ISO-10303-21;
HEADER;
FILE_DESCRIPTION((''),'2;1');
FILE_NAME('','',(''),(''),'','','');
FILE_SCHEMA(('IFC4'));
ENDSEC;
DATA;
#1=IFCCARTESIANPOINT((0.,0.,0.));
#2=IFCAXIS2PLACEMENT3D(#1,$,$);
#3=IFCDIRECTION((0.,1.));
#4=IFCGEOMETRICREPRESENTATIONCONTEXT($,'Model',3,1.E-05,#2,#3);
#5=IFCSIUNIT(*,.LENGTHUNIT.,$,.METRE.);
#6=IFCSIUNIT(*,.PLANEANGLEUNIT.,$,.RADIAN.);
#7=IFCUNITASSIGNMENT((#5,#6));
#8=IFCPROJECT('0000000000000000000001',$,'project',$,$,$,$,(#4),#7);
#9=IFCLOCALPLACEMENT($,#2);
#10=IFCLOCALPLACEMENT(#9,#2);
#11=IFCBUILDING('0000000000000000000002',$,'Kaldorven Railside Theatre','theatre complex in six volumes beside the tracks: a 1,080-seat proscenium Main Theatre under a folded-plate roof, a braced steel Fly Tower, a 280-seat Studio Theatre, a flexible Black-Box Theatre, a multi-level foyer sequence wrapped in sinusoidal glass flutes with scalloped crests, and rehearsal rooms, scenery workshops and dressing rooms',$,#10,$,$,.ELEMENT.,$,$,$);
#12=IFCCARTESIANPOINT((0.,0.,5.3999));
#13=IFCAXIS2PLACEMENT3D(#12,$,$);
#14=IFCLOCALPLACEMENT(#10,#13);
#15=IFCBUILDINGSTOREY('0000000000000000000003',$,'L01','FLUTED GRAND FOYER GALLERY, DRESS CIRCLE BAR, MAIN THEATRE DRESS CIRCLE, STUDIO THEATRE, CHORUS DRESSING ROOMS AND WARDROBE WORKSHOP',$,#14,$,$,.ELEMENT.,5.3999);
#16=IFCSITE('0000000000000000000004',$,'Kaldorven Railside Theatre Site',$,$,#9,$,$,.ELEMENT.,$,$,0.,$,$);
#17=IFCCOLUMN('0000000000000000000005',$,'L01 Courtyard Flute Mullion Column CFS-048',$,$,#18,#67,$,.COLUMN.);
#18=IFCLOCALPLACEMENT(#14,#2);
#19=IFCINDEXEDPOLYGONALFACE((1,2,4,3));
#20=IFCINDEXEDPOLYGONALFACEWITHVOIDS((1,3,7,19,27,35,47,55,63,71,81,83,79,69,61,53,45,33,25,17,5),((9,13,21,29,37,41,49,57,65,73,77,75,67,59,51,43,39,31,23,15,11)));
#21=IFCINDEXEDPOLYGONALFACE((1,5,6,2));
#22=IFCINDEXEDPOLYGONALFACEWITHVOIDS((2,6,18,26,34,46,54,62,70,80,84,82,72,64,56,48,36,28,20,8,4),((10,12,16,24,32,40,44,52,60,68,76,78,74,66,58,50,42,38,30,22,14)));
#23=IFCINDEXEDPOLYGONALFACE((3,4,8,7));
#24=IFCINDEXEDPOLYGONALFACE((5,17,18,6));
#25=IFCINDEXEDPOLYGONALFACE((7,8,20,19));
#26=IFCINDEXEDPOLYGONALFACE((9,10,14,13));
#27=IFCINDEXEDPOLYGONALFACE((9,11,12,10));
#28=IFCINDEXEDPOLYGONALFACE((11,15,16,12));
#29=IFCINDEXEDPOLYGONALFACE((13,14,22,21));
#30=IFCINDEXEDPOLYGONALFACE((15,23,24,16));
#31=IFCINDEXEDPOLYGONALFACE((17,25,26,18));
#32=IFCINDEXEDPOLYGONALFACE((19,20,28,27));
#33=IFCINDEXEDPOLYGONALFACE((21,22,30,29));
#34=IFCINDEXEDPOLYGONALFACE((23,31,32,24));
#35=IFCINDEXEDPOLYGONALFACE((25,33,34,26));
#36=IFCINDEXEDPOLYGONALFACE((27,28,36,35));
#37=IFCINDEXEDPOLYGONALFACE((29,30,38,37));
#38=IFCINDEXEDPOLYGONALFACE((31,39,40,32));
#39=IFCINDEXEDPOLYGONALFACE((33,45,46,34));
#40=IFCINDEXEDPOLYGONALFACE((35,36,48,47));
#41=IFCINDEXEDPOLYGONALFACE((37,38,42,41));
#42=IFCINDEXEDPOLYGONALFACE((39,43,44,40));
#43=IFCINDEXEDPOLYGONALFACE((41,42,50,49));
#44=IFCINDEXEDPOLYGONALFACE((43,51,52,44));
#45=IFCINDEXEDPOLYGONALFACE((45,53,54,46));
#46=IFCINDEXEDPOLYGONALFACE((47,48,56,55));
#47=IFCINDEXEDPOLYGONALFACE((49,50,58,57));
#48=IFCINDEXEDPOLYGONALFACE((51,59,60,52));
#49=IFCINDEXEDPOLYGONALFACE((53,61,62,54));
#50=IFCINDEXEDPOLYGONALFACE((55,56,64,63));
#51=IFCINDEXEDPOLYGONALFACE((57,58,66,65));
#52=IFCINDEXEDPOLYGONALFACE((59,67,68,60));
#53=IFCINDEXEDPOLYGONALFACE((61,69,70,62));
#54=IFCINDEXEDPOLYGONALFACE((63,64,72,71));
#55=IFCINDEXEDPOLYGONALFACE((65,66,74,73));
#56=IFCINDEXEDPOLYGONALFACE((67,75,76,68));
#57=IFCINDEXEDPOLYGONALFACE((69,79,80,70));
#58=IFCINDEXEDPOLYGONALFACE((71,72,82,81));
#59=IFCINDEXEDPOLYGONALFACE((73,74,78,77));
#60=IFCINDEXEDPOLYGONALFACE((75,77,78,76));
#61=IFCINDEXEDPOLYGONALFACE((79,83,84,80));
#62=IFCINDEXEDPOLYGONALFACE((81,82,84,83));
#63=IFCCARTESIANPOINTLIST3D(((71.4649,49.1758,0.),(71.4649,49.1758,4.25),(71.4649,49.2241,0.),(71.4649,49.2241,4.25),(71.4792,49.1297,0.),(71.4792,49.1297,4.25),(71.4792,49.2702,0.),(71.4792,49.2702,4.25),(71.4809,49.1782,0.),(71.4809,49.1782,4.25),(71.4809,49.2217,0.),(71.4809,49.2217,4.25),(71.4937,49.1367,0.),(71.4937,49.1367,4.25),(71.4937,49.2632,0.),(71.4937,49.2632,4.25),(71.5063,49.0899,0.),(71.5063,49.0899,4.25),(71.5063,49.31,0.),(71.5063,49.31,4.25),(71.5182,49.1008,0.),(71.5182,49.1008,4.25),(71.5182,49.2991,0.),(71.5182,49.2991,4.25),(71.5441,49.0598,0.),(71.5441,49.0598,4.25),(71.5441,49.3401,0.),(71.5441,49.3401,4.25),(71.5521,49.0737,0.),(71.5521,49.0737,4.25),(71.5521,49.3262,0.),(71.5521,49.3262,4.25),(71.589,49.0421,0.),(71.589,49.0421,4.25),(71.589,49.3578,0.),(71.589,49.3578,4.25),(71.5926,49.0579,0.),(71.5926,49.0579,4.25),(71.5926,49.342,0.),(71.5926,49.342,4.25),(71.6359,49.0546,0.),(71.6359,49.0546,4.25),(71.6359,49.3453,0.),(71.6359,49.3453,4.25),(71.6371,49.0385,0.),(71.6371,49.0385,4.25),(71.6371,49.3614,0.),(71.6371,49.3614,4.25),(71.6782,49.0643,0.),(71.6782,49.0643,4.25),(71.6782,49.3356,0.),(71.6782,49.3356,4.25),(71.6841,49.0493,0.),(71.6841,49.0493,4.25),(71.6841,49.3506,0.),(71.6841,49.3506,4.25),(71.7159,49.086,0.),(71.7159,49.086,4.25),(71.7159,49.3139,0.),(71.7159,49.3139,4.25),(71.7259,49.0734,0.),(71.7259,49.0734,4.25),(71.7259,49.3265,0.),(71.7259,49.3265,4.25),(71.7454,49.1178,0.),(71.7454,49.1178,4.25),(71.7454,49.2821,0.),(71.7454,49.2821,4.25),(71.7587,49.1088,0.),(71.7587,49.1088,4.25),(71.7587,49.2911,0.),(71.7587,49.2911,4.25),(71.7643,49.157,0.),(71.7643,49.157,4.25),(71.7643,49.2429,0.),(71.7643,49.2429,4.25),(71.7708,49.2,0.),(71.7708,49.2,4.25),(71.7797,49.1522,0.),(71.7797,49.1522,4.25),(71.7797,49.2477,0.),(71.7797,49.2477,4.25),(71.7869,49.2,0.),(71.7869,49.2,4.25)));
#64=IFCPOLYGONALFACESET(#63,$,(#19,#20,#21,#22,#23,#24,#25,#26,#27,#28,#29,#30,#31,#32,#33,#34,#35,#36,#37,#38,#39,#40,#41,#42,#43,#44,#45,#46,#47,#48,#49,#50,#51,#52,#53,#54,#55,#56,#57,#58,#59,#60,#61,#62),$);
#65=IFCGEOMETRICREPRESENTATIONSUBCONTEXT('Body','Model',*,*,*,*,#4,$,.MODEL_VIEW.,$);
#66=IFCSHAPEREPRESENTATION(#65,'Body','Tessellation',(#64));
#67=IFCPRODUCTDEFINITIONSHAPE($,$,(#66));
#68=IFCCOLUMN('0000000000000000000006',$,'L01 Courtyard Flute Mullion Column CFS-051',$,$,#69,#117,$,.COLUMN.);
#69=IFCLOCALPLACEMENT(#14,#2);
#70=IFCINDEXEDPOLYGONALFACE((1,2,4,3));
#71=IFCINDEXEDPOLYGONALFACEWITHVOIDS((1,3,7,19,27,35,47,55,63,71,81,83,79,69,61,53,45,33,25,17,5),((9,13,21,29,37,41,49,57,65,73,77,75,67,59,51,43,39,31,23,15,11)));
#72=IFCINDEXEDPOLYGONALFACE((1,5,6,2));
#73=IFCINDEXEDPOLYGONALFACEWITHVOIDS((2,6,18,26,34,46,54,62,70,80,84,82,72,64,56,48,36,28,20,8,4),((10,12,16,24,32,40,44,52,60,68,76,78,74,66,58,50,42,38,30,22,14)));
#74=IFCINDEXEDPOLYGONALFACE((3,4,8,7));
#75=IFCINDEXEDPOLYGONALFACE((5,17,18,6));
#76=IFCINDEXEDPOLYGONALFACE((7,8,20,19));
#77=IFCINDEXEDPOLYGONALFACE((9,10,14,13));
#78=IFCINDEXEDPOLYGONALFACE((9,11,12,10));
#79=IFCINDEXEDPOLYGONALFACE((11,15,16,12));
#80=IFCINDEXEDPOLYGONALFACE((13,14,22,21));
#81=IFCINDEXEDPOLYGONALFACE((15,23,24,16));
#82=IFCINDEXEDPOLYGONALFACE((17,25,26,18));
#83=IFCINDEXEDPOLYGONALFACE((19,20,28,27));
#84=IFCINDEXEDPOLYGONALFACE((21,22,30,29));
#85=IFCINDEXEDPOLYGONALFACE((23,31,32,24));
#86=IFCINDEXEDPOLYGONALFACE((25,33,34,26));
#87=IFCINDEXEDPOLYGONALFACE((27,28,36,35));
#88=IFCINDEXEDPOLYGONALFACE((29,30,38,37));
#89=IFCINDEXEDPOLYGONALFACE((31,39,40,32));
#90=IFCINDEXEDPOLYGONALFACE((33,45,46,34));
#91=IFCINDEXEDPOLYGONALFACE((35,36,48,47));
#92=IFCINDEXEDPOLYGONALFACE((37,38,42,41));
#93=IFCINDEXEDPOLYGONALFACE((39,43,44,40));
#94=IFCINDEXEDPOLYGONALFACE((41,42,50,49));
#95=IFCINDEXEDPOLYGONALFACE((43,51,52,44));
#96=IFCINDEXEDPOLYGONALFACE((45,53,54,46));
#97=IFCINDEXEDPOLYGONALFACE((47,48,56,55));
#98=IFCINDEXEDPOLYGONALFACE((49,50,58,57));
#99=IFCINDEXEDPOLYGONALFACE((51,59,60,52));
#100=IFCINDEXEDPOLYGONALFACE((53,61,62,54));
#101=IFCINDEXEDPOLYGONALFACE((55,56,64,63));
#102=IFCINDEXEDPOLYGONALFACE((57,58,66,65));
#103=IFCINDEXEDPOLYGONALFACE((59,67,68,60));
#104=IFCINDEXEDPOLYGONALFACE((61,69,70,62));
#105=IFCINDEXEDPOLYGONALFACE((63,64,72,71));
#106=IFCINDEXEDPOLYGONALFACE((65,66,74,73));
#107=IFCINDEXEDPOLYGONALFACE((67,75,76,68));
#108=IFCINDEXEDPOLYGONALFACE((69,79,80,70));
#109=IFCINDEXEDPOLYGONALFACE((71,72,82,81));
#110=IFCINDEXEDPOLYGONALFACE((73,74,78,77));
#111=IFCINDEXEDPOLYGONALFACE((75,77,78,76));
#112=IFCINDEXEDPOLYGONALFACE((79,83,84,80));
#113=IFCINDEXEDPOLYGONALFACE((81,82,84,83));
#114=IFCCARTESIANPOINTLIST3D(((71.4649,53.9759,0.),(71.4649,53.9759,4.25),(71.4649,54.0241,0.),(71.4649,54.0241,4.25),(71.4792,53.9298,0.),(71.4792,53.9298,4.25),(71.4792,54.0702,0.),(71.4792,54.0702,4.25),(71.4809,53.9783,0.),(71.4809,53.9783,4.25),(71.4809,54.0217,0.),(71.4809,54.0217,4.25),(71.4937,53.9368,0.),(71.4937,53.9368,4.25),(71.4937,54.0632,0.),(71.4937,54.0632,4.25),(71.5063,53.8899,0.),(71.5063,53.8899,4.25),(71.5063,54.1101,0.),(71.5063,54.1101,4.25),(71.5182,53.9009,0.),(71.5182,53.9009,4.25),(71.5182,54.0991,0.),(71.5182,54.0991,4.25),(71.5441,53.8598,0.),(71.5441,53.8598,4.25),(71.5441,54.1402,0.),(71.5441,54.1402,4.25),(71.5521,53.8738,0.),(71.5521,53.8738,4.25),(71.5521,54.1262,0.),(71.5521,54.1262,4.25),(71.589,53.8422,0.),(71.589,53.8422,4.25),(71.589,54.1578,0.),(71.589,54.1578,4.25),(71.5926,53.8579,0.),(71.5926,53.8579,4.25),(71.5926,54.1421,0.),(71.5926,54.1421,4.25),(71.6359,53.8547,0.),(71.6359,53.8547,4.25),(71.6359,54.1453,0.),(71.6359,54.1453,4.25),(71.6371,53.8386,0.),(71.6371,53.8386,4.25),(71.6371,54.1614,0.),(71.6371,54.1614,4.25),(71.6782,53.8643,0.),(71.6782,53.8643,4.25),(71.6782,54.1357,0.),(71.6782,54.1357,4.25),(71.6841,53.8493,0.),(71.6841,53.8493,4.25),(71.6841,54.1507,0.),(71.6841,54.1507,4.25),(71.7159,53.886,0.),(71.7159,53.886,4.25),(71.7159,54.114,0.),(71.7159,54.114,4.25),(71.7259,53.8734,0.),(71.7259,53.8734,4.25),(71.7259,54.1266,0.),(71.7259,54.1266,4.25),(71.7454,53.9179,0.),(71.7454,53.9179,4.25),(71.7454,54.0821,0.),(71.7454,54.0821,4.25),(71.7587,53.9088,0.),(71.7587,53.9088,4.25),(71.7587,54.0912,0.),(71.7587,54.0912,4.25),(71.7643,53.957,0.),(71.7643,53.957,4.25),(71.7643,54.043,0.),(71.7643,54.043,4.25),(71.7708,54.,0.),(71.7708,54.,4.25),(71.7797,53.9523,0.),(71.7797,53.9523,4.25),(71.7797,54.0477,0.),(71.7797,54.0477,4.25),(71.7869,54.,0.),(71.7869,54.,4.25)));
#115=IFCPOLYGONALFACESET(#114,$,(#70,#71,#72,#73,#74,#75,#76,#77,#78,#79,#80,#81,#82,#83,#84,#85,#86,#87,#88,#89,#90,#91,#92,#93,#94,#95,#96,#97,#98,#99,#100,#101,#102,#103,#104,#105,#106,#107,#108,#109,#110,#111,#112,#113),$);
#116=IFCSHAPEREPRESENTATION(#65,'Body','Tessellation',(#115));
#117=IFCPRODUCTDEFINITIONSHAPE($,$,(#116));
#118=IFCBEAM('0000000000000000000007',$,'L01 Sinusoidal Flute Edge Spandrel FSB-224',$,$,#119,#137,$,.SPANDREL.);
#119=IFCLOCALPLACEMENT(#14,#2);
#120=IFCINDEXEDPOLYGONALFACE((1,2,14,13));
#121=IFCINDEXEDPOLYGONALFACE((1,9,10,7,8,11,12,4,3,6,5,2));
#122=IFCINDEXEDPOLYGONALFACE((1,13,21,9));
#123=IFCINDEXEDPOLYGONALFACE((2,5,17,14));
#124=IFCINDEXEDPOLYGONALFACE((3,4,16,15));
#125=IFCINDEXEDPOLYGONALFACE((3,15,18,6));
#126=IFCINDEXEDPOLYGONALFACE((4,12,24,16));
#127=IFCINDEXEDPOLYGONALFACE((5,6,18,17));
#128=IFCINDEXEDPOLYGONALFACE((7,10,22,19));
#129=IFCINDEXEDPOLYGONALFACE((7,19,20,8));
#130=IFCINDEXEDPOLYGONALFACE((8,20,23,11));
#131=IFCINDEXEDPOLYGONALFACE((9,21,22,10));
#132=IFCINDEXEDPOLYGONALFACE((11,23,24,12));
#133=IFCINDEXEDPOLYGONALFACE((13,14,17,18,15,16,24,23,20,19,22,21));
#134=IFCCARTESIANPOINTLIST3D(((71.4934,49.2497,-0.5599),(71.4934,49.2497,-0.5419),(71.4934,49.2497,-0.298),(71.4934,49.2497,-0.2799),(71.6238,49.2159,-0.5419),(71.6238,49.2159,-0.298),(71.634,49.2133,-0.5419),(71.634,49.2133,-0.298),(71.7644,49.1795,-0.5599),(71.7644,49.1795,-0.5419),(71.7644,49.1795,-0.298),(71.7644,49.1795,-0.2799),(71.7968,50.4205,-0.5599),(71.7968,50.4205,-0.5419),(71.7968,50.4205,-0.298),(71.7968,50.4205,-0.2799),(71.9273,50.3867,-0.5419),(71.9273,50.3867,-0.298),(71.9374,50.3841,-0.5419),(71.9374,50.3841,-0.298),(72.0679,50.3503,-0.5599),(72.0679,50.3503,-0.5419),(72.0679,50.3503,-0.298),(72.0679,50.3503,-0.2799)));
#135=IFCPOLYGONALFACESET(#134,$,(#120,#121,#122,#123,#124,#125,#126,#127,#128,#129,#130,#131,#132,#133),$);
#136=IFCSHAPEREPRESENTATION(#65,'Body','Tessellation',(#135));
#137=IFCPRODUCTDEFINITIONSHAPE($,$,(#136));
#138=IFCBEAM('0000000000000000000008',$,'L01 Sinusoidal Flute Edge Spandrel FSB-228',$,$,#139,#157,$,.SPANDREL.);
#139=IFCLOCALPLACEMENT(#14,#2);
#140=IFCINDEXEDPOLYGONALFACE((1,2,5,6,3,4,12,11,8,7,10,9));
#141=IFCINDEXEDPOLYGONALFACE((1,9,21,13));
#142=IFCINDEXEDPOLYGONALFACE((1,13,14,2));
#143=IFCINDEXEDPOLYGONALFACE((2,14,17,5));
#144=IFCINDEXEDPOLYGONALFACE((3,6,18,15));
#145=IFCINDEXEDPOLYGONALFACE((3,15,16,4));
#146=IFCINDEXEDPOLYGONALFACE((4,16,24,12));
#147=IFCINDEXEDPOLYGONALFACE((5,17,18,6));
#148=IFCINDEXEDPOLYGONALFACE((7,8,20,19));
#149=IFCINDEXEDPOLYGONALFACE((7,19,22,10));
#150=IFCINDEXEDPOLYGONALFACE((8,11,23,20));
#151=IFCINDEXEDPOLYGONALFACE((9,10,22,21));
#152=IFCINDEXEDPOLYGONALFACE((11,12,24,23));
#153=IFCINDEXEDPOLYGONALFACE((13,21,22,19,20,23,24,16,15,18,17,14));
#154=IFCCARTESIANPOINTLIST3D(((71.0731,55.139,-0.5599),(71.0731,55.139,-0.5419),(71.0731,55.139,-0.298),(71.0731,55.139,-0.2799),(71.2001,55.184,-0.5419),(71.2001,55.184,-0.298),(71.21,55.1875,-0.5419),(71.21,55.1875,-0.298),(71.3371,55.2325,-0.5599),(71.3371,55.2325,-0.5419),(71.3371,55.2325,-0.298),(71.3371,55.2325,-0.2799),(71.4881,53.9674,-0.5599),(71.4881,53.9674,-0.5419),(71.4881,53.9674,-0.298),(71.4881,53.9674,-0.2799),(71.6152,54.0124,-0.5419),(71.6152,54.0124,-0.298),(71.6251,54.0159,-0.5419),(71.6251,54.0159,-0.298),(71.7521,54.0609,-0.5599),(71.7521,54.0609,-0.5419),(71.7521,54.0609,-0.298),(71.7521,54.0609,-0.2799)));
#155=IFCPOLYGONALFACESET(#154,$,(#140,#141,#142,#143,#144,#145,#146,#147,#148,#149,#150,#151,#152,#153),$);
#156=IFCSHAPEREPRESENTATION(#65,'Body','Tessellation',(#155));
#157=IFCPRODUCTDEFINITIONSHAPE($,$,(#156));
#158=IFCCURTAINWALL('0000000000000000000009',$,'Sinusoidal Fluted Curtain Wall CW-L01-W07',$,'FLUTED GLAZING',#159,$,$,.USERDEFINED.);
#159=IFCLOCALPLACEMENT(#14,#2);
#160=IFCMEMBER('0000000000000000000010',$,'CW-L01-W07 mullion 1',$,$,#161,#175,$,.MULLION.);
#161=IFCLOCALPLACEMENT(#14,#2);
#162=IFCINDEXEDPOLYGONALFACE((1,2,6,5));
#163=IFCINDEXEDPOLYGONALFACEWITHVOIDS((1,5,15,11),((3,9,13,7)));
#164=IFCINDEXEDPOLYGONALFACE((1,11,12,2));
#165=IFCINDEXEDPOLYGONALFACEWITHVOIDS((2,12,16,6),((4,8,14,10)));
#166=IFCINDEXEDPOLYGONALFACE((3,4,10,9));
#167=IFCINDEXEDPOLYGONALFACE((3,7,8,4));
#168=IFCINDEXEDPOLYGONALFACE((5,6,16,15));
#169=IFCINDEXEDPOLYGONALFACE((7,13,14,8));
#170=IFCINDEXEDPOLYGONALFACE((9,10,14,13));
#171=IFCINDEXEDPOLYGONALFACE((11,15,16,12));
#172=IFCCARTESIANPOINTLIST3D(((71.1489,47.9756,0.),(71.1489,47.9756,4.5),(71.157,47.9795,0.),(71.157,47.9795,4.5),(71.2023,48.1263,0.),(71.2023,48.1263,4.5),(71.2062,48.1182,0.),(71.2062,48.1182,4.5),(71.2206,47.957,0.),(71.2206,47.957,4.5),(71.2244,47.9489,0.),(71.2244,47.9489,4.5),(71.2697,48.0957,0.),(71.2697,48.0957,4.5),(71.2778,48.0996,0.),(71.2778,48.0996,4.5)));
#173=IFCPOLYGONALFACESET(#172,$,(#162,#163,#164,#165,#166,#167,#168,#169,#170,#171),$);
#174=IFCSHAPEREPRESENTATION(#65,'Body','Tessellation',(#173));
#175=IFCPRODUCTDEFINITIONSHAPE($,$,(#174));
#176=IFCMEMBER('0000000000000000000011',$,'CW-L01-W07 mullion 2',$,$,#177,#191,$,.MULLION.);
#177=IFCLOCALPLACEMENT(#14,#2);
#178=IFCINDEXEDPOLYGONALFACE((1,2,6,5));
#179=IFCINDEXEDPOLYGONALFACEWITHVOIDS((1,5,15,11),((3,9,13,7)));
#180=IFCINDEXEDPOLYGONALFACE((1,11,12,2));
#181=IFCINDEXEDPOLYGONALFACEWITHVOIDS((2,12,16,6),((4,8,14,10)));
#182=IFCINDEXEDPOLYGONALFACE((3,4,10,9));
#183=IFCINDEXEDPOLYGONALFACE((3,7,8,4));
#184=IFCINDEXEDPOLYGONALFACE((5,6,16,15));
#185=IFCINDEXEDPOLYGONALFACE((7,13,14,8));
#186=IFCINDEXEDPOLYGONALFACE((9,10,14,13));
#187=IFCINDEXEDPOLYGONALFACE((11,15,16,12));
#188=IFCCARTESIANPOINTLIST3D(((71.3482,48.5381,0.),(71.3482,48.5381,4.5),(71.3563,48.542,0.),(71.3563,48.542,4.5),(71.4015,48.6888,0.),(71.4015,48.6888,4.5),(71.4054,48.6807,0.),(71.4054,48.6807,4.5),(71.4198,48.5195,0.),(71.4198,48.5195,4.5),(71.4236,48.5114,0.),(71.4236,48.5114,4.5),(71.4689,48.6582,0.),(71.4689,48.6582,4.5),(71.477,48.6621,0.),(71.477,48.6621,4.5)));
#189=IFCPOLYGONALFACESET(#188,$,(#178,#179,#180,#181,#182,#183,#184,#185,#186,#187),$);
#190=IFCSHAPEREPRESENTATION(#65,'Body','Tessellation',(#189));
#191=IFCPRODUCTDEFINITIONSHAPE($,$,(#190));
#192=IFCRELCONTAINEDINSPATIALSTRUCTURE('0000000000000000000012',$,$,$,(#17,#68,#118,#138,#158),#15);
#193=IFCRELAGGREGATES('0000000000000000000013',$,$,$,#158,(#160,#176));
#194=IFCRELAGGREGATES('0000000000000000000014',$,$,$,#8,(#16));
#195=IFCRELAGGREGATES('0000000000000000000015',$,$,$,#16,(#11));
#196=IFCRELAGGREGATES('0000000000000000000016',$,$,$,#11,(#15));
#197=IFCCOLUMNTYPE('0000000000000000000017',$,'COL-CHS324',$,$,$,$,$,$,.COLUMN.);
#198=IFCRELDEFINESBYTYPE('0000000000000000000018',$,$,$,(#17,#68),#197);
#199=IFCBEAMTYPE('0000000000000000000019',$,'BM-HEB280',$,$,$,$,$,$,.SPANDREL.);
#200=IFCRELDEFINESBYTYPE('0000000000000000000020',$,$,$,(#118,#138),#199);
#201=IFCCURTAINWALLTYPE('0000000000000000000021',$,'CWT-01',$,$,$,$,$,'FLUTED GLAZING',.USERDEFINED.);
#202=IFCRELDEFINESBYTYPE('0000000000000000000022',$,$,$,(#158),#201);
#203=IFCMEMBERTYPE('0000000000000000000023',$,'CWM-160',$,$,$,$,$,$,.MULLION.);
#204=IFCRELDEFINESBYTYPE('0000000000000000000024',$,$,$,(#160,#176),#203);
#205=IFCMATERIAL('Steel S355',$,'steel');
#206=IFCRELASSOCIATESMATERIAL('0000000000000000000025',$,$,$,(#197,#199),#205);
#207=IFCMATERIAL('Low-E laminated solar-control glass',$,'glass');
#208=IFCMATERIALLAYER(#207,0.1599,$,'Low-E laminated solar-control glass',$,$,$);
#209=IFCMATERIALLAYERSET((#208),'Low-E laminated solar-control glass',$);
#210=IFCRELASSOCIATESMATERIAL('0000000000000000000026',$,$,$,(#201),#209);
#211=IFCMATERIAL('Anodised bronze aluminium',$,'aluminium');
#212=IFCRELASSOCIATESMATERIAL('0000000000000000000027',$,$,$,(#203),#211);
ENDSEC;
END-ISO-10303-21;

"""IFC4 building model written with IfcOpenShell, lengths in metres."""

from ifc_helpers import new_model, si_unit, direction, frame, origin, origin_2d, place, context, subcontext, project, spatial, hollow_rectangle, hollow_circle, i_section, extrude, material, layer, layer_set, material_profile, profile_set, type_object, element, aggregate, save


model = new_model("IFC4")

# Units and contexts
model_context = context("Model", 3, precision=1e-05, world=origin(), true_north=direction((0.0, 1.0)))
body_context = subcontext(model_context, "Body", "Model", "MODEL_VIEW")
ifc_project = project(units=[si_unit("LENGTHUNIT", "METRE"), si_unit("PLANEANGLEUNIT", "RADIAN")], contexts=[model_context])

# Site, building, storey
site_placement = place(None, origin())
site = spatial("IfcSite", under=ifc_project, at=site_placement, Name="Kaldorven Railside Theatre Site", CompositionType="ELEMENT", RefElevation=0.0)
building_placement = place(site_placement, origin())
building = spatial("IfcBuilding", under=site, at=building_placement, Name="Kaldorven Railside Theatre", Description="theatre complex in six volumes beside the tracks: a 1,080-seat proscenium Main Theatre under a folded-plate roof, a braced steel Fly Tower, a 280-seat Studio Theatre, a flexible Black-Box Theatre, a multi-level foyer sequence wrapped in sinusoidal glass flutes with scalloped crests, and rehearsal rooms, scenery workshops and dressing rooms", CompositionType="ELEMENT")
storey_placement = place(building_placement, frame((0.0, 0.0, 5.3999)))
storey = spatial("IfcBuildingStorey", under=building, at=storey_placement, Name="L01", Description="FLUTED GRAND FOYER GALLERY, DRESS CIRCLE BAR, MAIN THEATRE DRESS CIRCLE, STUDIO THEATRE, CHORUS DRESSING ROOMS AND WARDROBE WORKSHOP", CompositionType="ELEMENT", Elevation=5.3999)

# Columns
ifc_material_1 = material(Name="Steel S355", Category="steel")
ifc_material_profile_1 = material_profile(ifc_material_1, hollow_circle(Radius=0.1619, WallThickness=0.0161, at=origin_2d()), Name="CHS 323.9x16")
ifc_profile_set_1 = profile_set([ifc_material_profile_1], Name="Steel S355")
column_type = type_object("IfcColumnType", Name="COL-CHS324", PredefinedType="COLUMN", material=ifc_profile_set_1)
for number, where, z_axis, x_axis, name in (
    (1, (71.625, 49.2, 0.0), (0.0, 0.0, 1.0), (1.0, 0.0, 0.0), "L01 Courtyard Flute Mullion Column CFS-048"),
    (2, (71.625, 54.0, 0.0), (0.0, 0.0, 1.0), (1.0, 0.0, 0.0), "L01 Courtyard Flute Mullion Column CFS-051"),
):
    element("IfcColumn", number, at=place(storey_placement, frame(where, z_axis=z_axis, x_axis=x_axis)), inside=storey, type_object=column_type, Name=name, PredefinedType="COLUMN", context=body_context, shape_type="SweptSolid", body=[
        extrude(hollow_circle(Radius=0.1619, WallThickness=0.0161, at=origin_2d()), origin(), (0.0, 0.0, 1.0), 4.25),
    ])

# Beams
ifc_material_profile_2 = material_profile(ifc_material_1, i_section(OverallWidth=0.28, OverallDepth=0.28, WebThickness=0.0105, FlangeThickness=0.0181, at=origin_2d()), Name="HEB 280")
ifc_profile_set_2 = profile_set([ifc_material_profile_2], Name="Steel S355")
beam_type = type_object("IfcBeamType", Name="BM-HEB280", PredefinedType="SPANDREL", material=ifc_profile_set_2)
beam_1_placement = place(storey_placement, frame((71.6289, 49.2146, -0.4199), z_axis=(0.250885, 0.968017, 0.0), x_axis=(-0.968017, 0.250885, 0.0)))
element("IfcBeam", 3, at=beam_1_placement, inside=storey, type_object=beam_type, Name="L01 Sinusoidal Flute Edge Spandrel FSB-224", PredefinedType="SPANDREL", context=body_context, shape_type="SweptSolid", body=[
    extrude(i_section(OverallWidth=0.28, OverallDepth=0.28, WebThickness=0.0105, FlangeThickness=0.0181, at=origin_2d()), origin(), (0.0, 0.0, 1.0), 1.2095),
])
beam_2_placement = place(storey_placement, frame((71.6201, 54.0142, -0.4199), z_axis=(-0.333909, 0.942605, 0.0), x_axis=(-0.942605, -0.333909, 0.0)))
element("IfcBeam", 4, at=beam_2_placement, inside=storey, type_object=beam_type, Name="L01 Sinusoidal Flute Edge Spandrel FSB-228", PredefinedType="SPANDREL", context=body_context, shape_type="SweptSolid", body=[
    extrude(i_section(OverallWidth=0.28, OverallDepth=0.28, WebThickness=0.0105, FlangeThickness=0.0181, at=origin_2d()), origin(), (0.0, 0.0, 1.0), 1.2429),
])

# Curtain wall, members
ifc_material_2 = material(Name="Low-E laminated solar-control glass", Category="glass")
ifc_layer_1 = layer(ifc_material_2, 0.1599, Name="Low-E laminated solar-control glass")
ifc_layer_set_1 = layer_set([ifc_layer_1], Name="Low-E laminated solar-control glass")
curtain_wall_type_1 = type_object("IfcCurtainWallType", Name="CWT-01", ElementType="FLUTED GLAZING", PredefinedType="USERDEFINED", material=ifc_layer_set_1)
curtain_wall_1_placement = place(storey_placement, origin())
curtain_wall_1 = element("IfcCurtainWall", 5, at=curtain_wall_1_placement, inside=storey, type_object=curtain_wall_type_1, Name="Sinusoidal Fluted Curtain Wall CW-L01-W07", ObjectType="FLUTED GLAZING", PredefinedType="USERDEFINED")
ifc_material_3 = material(Name="Anodised bronze aluminium", Category="aluminium")
ifc_material_profile_3 = material_profile(ifc_material_3, hollow_rectangle(XDim=0.0801, YDim=0.1599, WallThickness=0.0063, at=origin_2d()), Name="RHS 160x80x6.3")
ifc_profile_set_3 = profile_set([ifc_material_profile_3], Name="Anodised bronze aluminium")
member_type_1 = type_object("IfcMemberType", Name="CWM-160", PredefinedType="MULLION", material=ifc_profile_set_3)
member_1_placement = place(storey_placement, frame((71.2134, 48.0376, 0.0), z_axis=(0.0, 0.0, 1.0), x_axis=(-0.942627, 0.333847, 0.0)))
member_1 = element("IfcMember", 6, at=member_1_placement, type_object=member_type_1, Name="CW-L01-W07 mullion 1", PredefinedType="MULLION", context=body_context, shape_type="SweptSolid", body=[
    extrude(hollow_rectangle(XDim=0.0801, YDim=0.1599, WallThickness=0.0063, at=origin_2d()), origin(), (0.0, 0.0, 1.0), 4.5),
])
member_2_placement = place(storey_placement, frame((71.4126, 48.6001, 0.0), z_axis=(0.0, 0.0, 1.0), x_axis=(-0.942627, 0.333847, 0.0)))
member_2 = element("IfcMember", 7, at=member_2_placement, type_object=member_type_1, Name="CW-L01-W07 mullion 2", PredefinedType="MULLION", context=body_context, shape_type="SweptSolid", body=[
    extrude(hollow_rectangle(XDim=0.0801, YDim=0.1599, WallThickness=0.0063, at=origin_2d()), origin(), (0.0, 0.0, 1.0), 4.5),
])

aggregate(curtain_wall_1, [member_1, member_2])

save(model, "model.ifc")
